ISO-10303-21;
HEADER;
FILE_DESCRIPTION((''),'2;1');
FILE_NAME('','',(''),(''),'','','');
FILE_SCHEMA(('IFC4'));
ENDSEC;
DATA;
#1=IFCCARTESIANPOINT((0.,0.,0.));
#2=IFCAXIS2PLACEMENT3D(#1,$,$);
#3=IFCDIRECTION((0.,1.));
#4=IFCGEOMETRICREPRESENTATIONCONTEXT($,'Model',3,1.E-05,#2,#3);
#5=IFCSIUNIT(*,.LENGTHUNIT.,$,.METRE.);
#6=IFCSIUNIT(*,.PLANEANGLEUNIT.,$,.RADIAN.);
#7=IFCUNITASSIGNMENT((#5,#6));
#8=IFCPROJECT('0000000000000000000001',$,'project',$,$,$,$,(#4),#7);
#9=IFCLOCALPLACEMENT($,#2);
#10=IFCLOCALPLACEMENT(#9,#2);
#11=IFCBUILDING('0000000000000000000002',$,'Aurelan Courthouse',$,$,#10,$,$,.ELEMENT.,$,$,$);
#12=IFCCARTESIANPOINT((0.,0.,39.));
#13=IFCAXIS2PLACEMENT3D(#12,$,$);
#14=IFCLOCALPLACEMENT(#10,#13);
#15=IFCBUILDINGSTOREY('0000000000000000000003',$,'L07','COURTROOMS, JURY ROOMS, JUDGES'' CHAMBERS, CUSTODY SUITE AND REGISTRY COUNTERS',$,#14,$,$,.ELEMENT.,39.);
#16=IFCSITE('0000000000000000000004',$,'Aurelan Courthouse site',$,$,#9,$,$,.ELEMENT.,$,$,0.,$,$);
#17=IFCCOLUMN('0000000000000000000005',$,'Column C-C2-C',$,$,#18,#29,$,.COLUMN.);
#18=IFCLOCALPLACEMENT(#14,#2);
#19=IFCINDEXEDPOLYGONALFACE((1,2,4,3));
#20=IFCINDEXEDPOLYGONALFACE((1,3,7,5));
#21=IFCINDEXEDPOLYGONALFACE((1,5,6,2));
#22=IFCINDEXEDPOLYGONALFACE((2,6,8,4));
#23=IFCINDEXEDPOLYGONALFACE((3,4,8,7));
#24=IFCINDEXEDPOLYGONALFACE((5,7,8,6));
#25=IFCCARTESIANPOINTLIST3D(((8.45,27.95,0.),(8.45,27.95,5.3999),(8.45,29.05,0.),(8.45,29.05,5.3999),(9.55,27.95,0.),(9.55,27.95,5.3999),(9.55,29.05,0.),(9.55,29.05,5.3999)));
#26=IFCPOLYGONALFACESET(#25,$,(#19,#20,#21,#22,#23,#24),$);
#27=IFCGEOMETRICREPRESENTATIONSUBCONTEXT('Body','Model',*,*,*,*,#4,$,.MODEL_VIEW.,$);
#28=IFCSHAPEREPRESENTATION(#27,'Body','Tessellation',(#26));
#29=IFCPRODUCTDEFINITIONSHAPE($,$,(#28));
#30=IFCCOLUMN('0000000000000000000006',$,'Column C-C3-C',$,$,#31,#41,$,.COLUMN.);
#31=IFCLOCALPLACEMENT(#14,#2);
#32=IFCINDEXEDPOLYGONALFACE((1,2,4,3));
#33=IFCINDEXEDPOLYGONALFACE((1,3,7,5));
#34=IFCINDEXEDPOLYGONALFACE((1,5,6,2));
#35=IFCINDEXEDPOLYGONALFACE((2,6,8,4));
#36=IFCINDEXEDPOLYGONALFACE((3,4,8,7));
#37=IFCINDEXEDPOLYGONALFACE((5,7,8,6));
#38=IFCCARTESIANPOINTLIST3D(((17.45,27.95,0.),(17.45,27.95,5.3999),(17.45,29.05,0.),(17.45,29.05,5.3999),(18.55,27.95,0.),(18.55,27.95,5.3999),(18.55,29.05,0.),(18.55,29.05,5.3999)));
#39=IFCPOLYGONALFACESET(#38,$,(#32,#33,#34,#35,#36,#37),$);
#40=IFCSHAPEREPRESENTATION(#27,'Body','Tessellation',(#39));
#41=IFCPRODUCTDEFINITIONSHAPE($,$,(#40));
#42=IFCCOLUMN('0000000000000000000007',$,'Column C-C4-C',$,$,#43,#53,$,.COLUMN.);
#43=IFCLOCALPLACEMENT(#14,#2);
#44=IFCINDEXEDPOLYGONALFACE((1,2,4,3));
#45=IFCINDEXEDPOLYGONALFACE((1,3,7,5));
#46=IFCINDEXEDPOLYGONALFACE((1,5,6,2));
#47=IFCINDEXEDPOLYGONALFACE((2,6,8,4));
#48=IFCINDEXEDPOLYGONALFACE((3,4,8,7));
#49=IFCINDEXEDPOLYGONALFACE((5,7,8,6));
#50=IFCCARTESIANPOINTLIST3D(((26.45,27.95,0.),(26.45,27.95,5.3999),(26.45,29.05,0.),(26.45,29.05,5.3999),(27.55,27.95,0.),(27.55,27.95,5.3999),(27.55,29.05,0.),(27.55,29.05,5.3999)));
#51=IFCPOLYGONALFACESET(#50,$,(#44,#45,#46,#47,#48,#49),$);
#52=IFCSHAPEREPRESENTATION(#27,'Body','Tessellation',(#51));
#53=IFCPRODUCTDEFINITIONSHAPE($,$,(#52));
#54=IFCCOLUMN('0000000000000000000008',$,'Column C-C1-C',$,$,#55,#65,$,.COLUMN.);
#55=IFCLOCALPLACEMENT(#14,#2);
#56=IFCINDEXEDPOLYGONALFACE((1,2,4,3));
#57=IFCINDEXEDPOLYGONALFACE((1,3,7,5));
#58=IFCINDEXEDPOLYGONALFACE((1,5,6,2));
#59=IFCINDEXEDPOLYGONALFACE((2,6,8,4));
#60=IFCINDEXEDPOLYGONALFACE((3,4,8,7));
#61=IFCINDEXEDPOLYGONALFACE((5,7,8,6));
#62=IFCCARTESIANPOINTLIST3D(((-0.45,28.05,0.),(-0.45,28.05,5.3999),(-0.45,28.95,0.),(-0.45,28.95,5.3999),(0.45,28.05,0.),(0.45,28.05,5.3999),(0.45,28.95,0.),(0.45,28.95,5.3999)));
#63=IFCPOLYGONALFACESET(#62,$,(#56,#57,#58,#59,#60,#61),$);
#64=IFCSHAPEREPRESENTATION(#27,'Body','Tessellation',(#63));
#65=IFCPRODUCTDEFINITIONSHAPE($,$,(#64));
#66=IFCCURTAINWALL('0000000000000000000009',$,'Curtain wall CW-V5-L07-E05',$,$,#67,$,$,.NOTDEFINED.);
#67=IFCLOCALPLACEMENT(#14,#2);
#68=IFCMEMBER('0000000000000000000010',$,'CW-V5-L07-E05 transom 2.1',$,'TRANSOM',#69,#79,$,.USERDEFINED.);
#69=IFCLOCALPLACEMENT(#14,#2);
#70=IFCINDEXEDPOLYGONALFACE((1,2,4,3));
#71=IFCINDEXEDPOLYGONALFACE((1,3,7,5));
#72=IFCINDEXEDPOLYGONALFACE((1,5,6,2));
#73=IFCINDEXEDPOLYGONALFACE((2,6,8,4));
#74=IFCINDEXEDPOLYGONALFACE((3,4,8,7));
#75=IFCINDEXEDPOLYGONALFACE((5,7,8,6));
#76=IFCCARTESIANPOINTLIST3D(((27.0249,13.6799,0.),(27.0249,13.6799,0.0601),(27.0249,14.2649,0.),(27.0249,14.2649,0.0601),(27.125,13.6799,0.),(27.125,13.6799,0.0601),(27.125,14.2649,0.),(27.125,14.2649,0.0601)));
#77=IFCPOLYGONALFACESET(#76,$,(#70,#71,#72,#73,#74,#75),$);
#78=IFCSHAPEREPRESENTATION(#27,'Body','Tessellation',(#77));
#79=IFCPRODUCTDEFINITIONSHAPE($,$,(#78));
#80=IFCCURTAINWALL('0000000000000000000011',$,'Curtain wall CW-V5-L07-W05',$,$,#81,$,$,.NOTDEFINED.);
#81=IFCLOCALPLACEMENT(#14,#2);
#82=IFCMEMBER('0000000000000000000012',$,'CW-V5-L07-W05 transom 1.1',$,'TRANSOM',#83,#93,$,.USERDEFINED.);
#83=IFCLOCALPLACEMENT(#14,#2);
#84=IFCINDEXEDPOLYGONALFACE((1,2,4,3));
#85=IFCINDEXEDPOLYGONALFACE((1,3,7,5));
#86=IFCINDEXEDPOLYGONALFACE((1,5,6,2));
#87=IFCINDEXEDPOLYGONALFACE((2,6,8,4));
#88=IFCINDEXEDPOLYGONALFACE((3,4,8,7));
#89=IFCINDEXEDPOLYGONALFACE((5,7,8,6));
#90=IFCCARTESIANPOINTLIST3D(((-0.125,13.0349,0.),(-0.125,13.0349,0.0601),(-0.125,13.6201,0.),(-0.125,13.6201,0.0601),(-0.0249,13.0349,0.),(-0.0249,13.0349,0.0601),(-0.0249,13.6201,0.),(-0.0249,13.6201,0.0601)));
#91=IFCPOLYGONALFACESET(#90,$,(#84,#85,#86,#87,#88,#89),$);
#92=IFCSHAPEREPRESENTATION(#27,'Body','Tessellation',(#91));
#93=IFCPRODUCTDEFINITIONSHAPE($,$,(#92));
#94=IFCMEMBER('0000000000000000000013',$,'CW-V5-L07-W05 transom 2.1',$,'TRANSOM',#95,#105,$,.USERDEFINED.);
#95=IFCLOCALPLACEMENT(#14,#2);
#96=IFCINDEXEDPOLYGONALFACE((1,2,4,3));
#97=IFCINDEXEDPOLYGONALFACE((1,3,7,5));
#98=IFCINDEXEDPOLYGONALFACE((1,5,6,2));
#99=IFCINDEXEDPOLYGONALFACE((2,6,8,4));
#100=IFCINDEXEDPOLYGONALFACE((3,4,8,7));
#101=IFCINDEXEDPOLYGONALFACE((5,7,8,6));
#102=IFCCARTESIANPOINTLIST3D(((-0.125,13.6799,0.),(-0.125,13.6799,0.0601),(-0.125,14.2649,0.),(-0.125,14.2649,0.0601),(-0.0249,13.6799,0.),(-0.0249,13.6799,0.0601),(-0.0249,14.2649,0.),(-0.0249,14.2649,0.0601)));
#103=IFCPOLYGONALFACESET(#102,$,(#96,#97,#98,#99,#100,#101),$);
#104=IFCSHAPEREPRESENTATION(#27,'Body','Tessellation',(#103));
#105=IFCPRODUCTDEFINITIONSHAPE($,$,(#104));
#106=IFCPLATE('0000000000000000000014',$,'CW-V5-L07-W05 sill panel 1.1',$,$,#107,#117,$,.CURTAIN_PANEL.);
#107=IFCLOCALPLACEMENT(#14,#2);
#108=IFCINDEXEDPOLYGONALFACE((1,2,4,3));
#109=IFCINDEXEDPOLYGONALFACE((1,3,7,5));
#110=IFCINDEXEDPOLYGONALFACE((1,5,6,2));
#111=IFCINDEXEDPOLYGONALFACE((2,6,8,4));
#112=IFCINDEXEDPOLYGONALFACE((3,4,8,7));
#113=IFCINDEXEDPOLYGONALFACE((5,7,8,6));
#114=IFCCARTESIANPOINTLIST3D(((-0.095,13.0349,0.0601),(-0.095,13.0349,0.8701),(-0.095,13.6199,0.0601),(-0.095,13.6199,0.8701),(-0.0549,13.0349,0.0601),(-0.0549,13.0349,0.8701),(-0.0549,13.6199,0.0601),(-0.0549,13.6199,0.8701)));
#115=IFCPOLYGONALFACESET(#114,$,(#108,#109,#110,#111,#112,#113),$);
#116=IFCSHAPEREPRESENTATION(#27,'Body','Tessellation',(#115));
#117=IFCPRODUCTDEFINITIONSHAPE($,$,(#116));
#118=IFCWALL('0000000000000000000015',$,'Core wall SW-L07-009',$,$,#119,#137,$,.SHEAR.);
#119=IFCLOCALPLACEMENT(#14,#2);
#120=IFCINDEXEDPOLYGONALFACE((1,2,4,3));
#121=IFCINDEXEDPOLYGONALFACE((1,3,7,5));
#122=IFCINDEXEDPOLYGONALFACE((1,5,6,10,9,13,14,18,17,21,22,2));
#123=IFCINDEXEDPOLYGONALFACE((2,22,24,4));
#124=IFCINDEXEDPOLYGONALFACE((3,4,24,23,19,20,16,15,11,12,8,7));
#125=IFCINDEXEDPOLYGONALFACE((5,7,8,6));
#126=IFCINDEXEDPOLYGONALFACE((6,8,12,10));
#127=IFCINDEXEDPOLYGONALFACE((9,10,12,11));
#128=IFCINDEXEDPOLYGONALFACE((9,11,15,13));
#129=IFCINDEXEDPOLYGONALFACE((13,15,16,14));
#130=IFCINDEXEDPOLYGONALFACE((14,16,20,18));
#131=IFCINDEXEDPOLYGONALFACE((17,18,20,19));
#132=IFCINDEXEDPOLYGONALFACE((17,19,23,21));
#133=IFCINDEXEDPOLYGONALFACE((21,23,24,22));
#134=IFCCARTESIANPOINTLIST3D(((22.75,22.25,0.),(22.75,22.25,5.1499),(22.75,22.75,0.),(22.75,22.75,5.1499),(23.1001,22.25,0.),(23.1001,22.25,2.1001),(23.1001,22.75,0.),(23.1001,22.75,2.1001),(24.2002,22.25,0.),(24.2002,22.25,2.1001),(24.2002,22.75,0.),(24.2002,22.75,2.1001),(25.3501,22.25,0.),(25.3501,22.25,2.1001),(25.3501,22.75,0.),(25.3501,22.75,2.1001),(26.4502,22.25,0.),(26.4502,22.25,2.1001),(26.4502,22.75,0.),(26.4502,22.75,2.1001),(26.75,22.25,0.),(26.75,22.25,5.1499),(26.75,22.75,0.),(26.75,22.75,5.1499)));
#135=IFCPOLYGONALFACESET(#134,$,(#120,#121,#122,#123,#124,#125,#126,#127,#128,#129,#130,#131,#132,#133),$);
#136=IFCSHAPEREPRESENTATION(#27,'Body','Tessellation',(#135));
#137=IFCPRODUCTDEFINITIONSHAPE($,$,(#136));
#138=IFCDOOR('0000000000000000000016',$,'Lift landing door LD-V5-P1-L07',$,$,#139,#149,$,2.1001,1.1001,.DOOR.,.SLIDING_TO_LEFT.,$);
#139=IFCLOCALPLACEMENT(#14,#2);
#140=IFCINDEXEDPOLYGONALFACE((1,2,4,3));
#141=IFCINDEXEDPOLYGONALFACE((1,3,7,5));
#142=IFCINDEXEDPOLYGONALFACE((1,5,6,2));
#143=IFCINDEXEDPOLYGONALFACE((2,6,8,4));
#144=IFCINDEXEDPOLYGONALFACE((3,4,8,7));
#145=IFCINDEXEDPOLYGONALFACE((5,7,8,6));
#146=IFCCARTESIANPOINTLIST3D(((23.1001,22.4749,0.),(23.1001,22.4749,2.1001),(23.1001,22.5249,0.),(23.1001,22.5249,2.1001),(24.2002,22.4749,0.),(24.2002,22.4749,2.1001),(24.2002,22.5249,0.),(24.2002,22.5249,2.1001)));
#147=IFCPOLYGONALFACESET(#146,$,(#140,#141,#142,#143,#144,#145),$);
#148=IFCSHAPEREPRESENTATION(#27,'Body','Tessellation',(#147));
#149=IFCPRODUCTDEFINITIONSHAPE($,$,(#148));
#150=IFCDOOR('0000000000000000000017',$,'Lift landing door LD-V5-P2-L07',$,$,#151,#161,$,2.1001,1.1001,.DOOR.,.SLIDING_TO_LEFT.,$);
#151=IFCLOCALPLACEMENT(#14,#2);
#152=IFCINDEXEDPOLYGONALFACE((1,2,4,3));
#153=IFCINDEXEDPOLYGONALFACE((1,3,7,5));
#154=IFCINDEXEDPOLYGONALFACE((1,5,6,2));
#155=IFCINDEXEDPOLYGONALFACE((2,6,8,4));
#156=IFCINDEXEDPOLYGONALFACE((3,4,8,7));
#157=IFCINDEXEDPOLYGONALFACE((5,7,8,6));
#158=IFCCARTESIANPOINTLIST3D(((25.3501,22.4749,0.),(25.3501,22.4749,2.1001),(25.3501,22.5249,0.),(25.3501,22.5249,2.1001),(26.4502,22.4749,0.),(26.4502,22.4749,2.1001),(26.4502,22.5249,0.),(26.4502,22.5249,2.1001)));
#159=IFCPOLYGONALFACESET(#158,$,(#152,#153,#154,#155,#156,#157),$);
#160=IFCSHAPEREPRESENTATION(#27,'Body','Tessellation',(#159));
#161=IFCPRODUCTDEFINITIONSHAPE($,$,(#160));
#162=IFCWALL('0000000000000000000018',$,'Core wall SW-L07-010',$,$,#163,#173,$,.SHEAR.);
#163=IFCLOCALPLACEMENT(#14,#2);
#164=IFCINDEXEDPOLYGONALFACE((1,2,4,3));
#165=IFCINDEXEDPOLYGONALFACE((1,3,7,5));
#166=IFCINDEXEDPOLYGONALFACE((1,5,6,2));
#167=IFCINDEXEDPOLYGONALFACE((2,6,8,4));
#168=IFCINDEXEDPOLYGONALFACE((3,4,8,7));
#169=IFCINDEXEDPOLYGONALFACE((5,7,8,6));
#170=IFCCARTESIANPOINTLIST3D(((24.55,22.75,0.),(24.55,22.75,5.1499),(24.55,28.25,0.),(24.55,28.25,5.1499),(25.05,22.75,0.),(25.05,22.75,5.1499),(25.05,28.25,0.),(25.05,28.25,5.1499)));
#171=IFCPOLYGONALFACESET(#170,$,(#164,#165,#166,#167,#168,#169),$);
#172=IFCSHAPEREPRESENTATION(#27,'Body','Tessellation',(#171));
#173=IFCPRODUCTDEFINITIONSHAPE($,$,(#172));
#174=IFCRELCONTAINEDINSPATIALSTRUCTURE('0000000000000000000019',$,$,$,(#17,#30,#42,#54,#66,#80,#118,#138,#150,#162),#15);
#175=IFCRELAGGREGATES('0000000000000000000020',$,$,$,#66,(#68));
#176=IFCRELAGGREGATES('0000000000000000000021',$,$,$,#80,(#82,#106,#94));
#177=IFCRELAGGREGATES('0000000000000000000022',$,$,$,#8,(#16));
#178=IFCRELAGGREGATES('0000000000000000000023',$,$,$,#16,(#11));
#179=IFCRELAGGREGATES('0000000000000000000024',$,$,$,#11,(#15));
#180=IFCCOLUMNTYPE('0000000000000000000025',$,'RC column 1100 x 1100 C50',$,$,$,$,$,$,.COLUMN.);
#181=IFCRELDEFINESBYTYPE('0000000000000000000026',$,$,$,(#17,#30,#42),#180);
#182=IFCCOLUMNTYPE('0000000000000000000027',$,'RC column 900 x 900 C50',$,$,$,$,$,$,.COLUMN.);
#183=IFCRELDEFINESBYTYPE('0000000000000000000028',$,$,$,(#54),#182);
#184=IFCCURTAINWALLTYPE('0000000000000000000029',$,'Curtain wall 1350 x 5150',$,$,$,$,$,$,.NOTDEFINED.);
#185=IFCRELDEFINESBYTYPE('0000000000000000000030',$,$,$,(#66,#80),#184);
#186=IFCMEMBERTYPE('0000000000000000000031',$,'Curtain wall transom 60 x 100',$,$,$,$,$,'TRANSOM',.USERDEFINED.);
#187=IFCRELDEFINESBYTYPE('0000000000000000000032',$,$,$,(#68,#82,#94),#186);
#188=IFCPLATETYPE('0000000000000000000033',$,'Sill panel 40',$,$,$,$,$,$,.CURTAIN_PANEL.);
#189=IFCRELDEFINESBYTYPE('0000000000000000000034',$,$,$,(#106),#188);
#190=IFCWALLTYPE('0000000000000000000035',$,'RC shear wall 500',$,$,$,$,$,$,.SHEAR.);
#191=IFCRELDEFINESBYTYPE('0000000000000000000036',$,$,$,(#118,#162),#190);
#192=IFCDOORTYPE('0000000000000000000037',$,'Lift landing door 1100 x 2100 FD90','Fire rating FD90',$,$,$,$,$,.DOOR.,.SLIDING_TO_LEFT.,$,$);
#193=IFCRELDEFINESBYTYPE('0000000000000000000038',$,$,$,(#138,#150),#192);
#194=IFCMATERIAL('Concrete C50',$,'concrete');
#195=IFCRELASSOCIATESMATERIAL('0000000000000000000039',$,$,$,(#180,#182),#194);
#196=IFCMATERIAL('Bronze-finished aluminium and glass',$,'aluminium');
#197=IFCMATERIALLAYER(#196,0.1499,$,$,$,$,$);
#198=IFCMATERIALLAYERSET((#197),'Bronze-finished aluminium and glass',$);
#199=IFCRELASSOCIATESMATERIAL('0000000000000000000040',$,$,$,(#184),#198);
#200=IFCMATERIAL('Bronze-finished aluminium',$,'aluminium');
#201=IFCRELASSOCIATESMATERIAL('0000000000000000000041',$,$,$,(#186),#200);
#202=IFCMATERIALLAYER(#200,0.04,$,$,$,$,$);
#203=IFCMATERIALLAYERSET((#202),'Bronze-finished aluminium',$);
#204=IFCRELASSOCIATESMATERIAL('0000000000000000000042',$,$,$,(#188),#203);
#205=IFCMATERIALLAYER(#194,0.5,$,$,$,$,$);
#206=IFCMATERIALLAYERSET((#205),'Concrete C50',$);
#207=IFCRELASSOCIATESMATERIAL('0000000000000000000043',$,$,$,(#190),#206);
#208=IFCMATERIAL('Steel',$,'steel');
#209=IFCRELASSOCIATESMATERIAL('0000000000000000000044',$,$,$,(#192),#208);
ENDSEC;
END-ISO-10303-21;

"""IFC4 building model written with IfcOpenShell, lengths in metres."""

from ifc_helpers import new_model, si_unit, direction, frame, frame_2d, origin, origin_2d, place, context, subcontext, project, spatial, rectangle, extrude, material, layer, layer_set, material_profile, profile_set, type_object, element, fill, aggregate, save


model = new_model("IFC4")

# Units and contexts
model_context = context("Model", 3, precision=1e-05, world=origin(), true_north=direction((0.0, 1.0)))
body_context = subcontext(model_context, "Body", "Model", "MODEL_VIEW")
ifc_project = project(units=[si_unit("LENGTHUNIT", "METRE"), si_unit("PLANEANGLEUNIT", "RADIAN")], contexts=[model_context])

# Site, building, storey
site_placement = place(None, origin())
site = spatial("IfcSite", under=ifc_project, at=site_placement, Name="Aurelan Courthouse site", CompositionType="ELEMENT", RefElevation=0.0)
building_placement = place(site_placement, origin())
building = spatial("IfcBuilding", under=site, at=building_placement, Name="Aurelan Courthouse", CompositionType="ELEMENT")
storey_placement = place(building_placement, frame((0.0, 0.0, 39.0)))
storey = spatial("IfcBuildingStorey", under=building, at=storey_placement, Name="L07", Description="COURTROOMS, JURY ROOMS, JUDGES' CHAMBERS, CUSTODY SUITE AND REGISTRY COUNTERS", CompositionType="ELEMENT", Elevation=39.0)

# Columns
ifc_material_1 = material(Name="Concrete C50", Category="concrete")
ifc_material_profile_1 = material_profile(ifc_material_1, rectangle(XDim=1.1001, YDim=1.1001, at=origin_2d()), Name="RC 1100 x 1100")
ifc_profile_set_1 = profile_set([ifc_material_profile_1], Name="Concrete C50")
column_type_1 = type_object("IfcColumnType", Name="RC column 1100 x 1100 C50", PredefinedType="COLUMN", material=ifc_profile_set_1)
for number, where, z_axis, x_axis, name in (
    (1, (9.0, 28.5, 0.0), (0.0, 0.0, 1.0), (1.0, 0.0, 0.0), "Column C-C2-C"),
    (2, (18.0, 28.5, 0.0), (0.0, 0.0, 1.0), (1.0, 0.0, 0.0), "Column C-C3-C"),
    (3, (27.0, 28.5, 0.0), (0.0, 0.0, 1.0), (1.0, 0.0, 0.0), "Column C-C4-C"),
):
    element("IfcColumn", number, at=place(storey_placement, frame(where, z_axis=z_axis, x_axis=x_axis)), inside=storey, type_object=column_type_1, Name=name, PredefinedType="COLUMN", context=body_context, shape_type="SweptSolid", body=[
        extrude(rectangle(XDim=1.1001, YDim=1.1001, at=origin_2d()), origin(), (0.0, 0.0, 1.0), 5.3999),
    ])
ifc_material_profile_2 = material_profile(ifc_material_1, rectangle(XDim=0.8999, YDim=0.8999, at=origin_2d()), Name="RC 900 x 900")
ifc_profile_set_2 = profile_set([ifc_material_profile_2], Name="Concrete C50")
column_type_2 = type_object("IfcColumnType", Name="RC column 900 x 900 C50", PredefinedType="COLUMN", material=ifc_profile_set_2)
column_placement = place(storey_placement, frame((0.0, 28.5, 0.0), z_axis=(0.0, 0.0, 1.0), x_axis=(1.0, 0.0, 0.0)))
element("IfcColumn", 4, at=column_placement, inside=storey, type_object=column_type_2, Name="Column C-C1-C", PredefinedType="COLUMN", context=body_context, shape_type="SweptSolid", body=[
    extrude(rectangle(XDim=0.8999, YDim=0.8999, at=origin_2d()), origin(), (0.0, 0.0, 1.0), 5.3999),
])

# Curtain wall, member
ifc_material_2 = material(Name="Bronze-finished aluminium and glass", Category="aluminium")
ifc_layer_1 = layer(ifc_material_2, 0.1499)
ifc_layer_set_1 = layer_set([ifc_layer_1], Name="Bronze-finished aluminium and glass")
curtain_wall_type = type_object("IfcCurtainWallType", Name="Curtain wall 1350 x 5150", PredefinedType="NOTDEFINED", material=ifc_layer_set_1)
curtain_wall_1_placement = place(storey_placement, origin())
curtain_wall_1 = element("IfcCurtainWall", 5, at=curtain_wall_1_placement, inside=storey, type_object=curtain_wall_type, Name="Curtain wall CW-V5-L07-E05", PredefinedType="NOTDEFINED")
ifc_material_3 = material(Name="Bronze-finished aluminium", Category="aluminium")
ifc_material_profile_3 = material_profile(ifc_material_3, rectangle(XDim=0.1001, YDim=0.0601, at=origin_2d()), Name="Bronze transom 60 x 100")
ifc_profile_set_3 = profile_set([ifc_material_profile_3], Name="Bronze-finished aluminium")
member_type = type_object("IfcMemberType", Name="Curtain wall transom 60 x 100", ElementType="TRANSOM", PredefinedType="USERDEFINED", material=ifc_profile_set_3)
member_1_placement = place(storey_placement, frame((27.075, 13.6799, 0.03), z_axis=(0.0, 1.0, 0.0), x_axis=(-1.0, 0.0, 0.0)))
member_1 = element("IfcMember", 6, at=member_1_placement, type_object=member_type, Name="CW-V5-L07-E05 transom 2.1", ObjectType="TRANSOM", PredefinedType="USERDEFINED", context=body_context, shape_type="SweptSolid", body=[
    extrude(rectangle(XDim=0.1001, YDim=0.0601, at=origin_2d()), origin(), (0.0, 0.0, 1.0), 0.585),
])
aggregate(curtain_wall_1, [member_1])

# Curtain wall, members, plate
curtain_wall_2_placement = place(storey_placement, origin())
curtain_wall_2 = element("IfcCurtainWall", 7, at=curtain_wall_2_placement, inside=storey, type_object=curtain_wall_type, Name="Curtain wall CW-V5-L07-W05", PredefinedType="NOTDEFINED")
member_2_placement = place(storey_placement, frame((-0.075, 13.0349, 0.03), z_axis=(0.0, 1.0, 0.0), x_axis=(-1.0, 0.0, 0.0)))
member_2 = element("IfcMember", 8, at=member_2_placement, type_object=member_type, Name="CW-V5-L07-W05 transom 1.1", ObjectType="TRANSOM", PredefinedType="USERDEFINED", context=body_context, shape_type="SweptSolid", body=[
    extrude(rectangle(XDim=0.1001, YDim=0.0601, at=origin_2d()), origin(), (0.0, 0.0, 1.0), 0.5852),
])
member_3_placement = place(storey_placement, frame((-0.075, 13.6799, 0.03), z_axis=(0.0, 1.0, 0.0), x_axis=(-1.0, 0.0, 0.0)))
member_3 = element("IfcMember", 9, at=member_3_placement, type_object=member_type, Name="CW-V5-L07-W05 transom 2.1", ObjectType="TRANSOM", PredefinedType="USERDEFINED", context=body_context, shape_type="SweptSolid", body=[
    extrude(rectangle(XDim=0.1001, YDim=0.0601, at=origin_2d()), origin(), (0.0, 0.0, 1.0), 0.585),
])
ifc_layer_2 = layer(ifc_material_3, 0.04)
ifc_layer_set_2 = layer_set([ifc_layer_2], Name="Bronze-finished aluminium")
plate_type = type_object("IfcPlateType", Name="Sill panel 40", PredefinedType="CURTAIN_PANEL", material=ifc_layer_set_2)
plate_placement = place(storey_placement, frame((-0.075, 13.3274, 0.0601), z_axis=(0.0, 0.0, 1.0), x_axis=(0.0, 1.0, 0.0)))
plate = element("IfcPlate", 10, at=plate_placement, type_object=plate_type, Name="CW-V5-L07-W05 sill panel 1.1", PredefinedType="CURTAIN_PANEL", context=body_context, shape_type="SweptSolid", body=[
    extrude(rectangle(XDim=0.585, YDim=0.04, at=origin_2d()), origin(), (0.0, 0.0, 1.0), 0.8101),
])
aggregate(curtain_wall_2, [member_2, plate, member_3])

# Wall, openings, doors
ifc_layer_3 = layer(ifc_material_1, 0.5)
ifc_layer_set_3 = layer_set([ifc_layer_3], Name="Concrete C50")
wall_type_1 = type_object("IfcWallType", Name="RC shear wall 500", PredefinedType="SHEAR", material=ifc_layer_set_3)
wall_1_placement = place(storey_placement, frame((22.75, 22.5, 0.0), z_axis=(0.0, 0.0, 1.0), x_axis=(1.0, 0.0, 0.0)))
wall_1 = element("IfcWall", 11, at=wall_1_placement, inside=storey, type_object=wall_type_1, Name="Core wall SW-L07-009", PredefinedType="SHEAR", context=body_context, shape_type="SweptSolid", body=[
    extrude(rectangle(XDim=4.0, YDim=0.5, at=frame_2d((2.0, 0.0))), origin(), (0.0, 0.0, 1.0), 5.1499),
])
opening_1_placement = place(wall_1_placement, frame((0.3501, 0.0, 0.0)))
opening_1 = element("IfcOpeningElement", 12, at=opening_1_placement, cuts=wall_1, PredefinedType="OPENING", context=body_context, shape_type="SweptSolid", body=[
    extrude(rectangle(XDim=1.1001, YDim=2.1001, at=frame_2d((0.55, 1.05))), frame((0.0, 0.26, 0.0), z_axis=(0.0, -1.0, 0.0), x_axis=(1.0, 0.0, 0.0)), (0.0, 0.0, 1.0), 0.52),
])
opening_2_placement = place(wall_1_placement, frame((2.6001, 0.0, 0.0)))
opening_2 = element("IfcOpeningElement", 13, at=opening_2_placement, cuts=wall_1, PredefinedType="OPENING", context=body_context, shape_type="SweptSolid", body=[
    extrude(rectangle(XDim=1.1001, YDim=2.1001, at=frame_2d((0.55, 1.05))), frame((0.0, 0.26, 0.0), z_axis=(0.0, -1.0, 0.0), x_axis=(1.0, 0.0, 0.0)), (0.0, 0.0, 1.0), 0.52),
])
ifc_material_4 = material(Name="Steel", Category="steel")
door_type_1 = type_object("IfcDoorType", Name="Lift landing door 1100 x 2100 FD90", Description="Fire rating FD90", OperationType="SLIDING_TO_LEFT", PredefinedType="DOOR", material=ifc_material_4)
door_1_placement = place(opening_1_placement, origin())
door_1 = element("IfcDoor", 14, at=door_1_placement, inside=storey, type_object=door_type_1, Name="Lift landing door LD-V5-P1-L07", OperationType="SLIDING_TO_LEFT", OverallHeight=2.1001, OverallWidth=1.1001, PredefinedType="DOOR", context=body_context, shape_type="SweptSolid", body=[
    extrude(rectangle(XDim=1.1001, YDim=2.1001, at=frame_2d((0.55, 1.05))), frame((0.0, 0.0249, 0.0), z_axis=(0.0, -1.0, 0.0), x_axis=(1.0, 0.0, 0.0)), (0.0, 0.0, 1.0), 0.05),
])
fill(opening_1, door_1)
door_2_placement = place(opening_2_placement, origin())
door_2 = element("IfcDoor", 15, at=door_2_placement, inside=storey, type_object=door_type_1, Name="Lift landing door LD-V5-P2-L07", OperationType="SLIDING_TO_LEFT", OverallHeight=2.1001, OverallWidth=1.1001, PredefinedType="DOOR", context=body_context, shape_type="SweptSolid", body=[
    extrude(rectangle(XDim=1.1001, YDim=2.1001, at=frame_2d((0.55, 1.05))), frame((0.0, 0.0249, 0.0), z_axis=(0.0, -1.0, 0.0), x_axis=(1.0, 0.0, 0.0)), (0.0, 0.0, 1.0), 0.05),
])
fill(opening_2, door_2)

# Wall
wall_2_placement = place(storey_placement, frame((24.8, 22.75, 0.0), z_axis=(0.0, 0.0, 1.0), x_axis=(0.0, 1.0, 0.0)))
element("IfcWall", 16, at=wall_2_placement, inside=storey, type_object=wall_type_1, Name="Core wall SW-L07-010", PredefinedType="SHEAR", context=body_context, shape_type="SweptSolid", body=[
    extrude(rectangle(XDim=5.5, YDim=0.5, at=frame_2d((2.75, 0.0))), origin(), (0.0, 0.0, 1.0), 5.1499),
])

save(model, "model.ifc")
